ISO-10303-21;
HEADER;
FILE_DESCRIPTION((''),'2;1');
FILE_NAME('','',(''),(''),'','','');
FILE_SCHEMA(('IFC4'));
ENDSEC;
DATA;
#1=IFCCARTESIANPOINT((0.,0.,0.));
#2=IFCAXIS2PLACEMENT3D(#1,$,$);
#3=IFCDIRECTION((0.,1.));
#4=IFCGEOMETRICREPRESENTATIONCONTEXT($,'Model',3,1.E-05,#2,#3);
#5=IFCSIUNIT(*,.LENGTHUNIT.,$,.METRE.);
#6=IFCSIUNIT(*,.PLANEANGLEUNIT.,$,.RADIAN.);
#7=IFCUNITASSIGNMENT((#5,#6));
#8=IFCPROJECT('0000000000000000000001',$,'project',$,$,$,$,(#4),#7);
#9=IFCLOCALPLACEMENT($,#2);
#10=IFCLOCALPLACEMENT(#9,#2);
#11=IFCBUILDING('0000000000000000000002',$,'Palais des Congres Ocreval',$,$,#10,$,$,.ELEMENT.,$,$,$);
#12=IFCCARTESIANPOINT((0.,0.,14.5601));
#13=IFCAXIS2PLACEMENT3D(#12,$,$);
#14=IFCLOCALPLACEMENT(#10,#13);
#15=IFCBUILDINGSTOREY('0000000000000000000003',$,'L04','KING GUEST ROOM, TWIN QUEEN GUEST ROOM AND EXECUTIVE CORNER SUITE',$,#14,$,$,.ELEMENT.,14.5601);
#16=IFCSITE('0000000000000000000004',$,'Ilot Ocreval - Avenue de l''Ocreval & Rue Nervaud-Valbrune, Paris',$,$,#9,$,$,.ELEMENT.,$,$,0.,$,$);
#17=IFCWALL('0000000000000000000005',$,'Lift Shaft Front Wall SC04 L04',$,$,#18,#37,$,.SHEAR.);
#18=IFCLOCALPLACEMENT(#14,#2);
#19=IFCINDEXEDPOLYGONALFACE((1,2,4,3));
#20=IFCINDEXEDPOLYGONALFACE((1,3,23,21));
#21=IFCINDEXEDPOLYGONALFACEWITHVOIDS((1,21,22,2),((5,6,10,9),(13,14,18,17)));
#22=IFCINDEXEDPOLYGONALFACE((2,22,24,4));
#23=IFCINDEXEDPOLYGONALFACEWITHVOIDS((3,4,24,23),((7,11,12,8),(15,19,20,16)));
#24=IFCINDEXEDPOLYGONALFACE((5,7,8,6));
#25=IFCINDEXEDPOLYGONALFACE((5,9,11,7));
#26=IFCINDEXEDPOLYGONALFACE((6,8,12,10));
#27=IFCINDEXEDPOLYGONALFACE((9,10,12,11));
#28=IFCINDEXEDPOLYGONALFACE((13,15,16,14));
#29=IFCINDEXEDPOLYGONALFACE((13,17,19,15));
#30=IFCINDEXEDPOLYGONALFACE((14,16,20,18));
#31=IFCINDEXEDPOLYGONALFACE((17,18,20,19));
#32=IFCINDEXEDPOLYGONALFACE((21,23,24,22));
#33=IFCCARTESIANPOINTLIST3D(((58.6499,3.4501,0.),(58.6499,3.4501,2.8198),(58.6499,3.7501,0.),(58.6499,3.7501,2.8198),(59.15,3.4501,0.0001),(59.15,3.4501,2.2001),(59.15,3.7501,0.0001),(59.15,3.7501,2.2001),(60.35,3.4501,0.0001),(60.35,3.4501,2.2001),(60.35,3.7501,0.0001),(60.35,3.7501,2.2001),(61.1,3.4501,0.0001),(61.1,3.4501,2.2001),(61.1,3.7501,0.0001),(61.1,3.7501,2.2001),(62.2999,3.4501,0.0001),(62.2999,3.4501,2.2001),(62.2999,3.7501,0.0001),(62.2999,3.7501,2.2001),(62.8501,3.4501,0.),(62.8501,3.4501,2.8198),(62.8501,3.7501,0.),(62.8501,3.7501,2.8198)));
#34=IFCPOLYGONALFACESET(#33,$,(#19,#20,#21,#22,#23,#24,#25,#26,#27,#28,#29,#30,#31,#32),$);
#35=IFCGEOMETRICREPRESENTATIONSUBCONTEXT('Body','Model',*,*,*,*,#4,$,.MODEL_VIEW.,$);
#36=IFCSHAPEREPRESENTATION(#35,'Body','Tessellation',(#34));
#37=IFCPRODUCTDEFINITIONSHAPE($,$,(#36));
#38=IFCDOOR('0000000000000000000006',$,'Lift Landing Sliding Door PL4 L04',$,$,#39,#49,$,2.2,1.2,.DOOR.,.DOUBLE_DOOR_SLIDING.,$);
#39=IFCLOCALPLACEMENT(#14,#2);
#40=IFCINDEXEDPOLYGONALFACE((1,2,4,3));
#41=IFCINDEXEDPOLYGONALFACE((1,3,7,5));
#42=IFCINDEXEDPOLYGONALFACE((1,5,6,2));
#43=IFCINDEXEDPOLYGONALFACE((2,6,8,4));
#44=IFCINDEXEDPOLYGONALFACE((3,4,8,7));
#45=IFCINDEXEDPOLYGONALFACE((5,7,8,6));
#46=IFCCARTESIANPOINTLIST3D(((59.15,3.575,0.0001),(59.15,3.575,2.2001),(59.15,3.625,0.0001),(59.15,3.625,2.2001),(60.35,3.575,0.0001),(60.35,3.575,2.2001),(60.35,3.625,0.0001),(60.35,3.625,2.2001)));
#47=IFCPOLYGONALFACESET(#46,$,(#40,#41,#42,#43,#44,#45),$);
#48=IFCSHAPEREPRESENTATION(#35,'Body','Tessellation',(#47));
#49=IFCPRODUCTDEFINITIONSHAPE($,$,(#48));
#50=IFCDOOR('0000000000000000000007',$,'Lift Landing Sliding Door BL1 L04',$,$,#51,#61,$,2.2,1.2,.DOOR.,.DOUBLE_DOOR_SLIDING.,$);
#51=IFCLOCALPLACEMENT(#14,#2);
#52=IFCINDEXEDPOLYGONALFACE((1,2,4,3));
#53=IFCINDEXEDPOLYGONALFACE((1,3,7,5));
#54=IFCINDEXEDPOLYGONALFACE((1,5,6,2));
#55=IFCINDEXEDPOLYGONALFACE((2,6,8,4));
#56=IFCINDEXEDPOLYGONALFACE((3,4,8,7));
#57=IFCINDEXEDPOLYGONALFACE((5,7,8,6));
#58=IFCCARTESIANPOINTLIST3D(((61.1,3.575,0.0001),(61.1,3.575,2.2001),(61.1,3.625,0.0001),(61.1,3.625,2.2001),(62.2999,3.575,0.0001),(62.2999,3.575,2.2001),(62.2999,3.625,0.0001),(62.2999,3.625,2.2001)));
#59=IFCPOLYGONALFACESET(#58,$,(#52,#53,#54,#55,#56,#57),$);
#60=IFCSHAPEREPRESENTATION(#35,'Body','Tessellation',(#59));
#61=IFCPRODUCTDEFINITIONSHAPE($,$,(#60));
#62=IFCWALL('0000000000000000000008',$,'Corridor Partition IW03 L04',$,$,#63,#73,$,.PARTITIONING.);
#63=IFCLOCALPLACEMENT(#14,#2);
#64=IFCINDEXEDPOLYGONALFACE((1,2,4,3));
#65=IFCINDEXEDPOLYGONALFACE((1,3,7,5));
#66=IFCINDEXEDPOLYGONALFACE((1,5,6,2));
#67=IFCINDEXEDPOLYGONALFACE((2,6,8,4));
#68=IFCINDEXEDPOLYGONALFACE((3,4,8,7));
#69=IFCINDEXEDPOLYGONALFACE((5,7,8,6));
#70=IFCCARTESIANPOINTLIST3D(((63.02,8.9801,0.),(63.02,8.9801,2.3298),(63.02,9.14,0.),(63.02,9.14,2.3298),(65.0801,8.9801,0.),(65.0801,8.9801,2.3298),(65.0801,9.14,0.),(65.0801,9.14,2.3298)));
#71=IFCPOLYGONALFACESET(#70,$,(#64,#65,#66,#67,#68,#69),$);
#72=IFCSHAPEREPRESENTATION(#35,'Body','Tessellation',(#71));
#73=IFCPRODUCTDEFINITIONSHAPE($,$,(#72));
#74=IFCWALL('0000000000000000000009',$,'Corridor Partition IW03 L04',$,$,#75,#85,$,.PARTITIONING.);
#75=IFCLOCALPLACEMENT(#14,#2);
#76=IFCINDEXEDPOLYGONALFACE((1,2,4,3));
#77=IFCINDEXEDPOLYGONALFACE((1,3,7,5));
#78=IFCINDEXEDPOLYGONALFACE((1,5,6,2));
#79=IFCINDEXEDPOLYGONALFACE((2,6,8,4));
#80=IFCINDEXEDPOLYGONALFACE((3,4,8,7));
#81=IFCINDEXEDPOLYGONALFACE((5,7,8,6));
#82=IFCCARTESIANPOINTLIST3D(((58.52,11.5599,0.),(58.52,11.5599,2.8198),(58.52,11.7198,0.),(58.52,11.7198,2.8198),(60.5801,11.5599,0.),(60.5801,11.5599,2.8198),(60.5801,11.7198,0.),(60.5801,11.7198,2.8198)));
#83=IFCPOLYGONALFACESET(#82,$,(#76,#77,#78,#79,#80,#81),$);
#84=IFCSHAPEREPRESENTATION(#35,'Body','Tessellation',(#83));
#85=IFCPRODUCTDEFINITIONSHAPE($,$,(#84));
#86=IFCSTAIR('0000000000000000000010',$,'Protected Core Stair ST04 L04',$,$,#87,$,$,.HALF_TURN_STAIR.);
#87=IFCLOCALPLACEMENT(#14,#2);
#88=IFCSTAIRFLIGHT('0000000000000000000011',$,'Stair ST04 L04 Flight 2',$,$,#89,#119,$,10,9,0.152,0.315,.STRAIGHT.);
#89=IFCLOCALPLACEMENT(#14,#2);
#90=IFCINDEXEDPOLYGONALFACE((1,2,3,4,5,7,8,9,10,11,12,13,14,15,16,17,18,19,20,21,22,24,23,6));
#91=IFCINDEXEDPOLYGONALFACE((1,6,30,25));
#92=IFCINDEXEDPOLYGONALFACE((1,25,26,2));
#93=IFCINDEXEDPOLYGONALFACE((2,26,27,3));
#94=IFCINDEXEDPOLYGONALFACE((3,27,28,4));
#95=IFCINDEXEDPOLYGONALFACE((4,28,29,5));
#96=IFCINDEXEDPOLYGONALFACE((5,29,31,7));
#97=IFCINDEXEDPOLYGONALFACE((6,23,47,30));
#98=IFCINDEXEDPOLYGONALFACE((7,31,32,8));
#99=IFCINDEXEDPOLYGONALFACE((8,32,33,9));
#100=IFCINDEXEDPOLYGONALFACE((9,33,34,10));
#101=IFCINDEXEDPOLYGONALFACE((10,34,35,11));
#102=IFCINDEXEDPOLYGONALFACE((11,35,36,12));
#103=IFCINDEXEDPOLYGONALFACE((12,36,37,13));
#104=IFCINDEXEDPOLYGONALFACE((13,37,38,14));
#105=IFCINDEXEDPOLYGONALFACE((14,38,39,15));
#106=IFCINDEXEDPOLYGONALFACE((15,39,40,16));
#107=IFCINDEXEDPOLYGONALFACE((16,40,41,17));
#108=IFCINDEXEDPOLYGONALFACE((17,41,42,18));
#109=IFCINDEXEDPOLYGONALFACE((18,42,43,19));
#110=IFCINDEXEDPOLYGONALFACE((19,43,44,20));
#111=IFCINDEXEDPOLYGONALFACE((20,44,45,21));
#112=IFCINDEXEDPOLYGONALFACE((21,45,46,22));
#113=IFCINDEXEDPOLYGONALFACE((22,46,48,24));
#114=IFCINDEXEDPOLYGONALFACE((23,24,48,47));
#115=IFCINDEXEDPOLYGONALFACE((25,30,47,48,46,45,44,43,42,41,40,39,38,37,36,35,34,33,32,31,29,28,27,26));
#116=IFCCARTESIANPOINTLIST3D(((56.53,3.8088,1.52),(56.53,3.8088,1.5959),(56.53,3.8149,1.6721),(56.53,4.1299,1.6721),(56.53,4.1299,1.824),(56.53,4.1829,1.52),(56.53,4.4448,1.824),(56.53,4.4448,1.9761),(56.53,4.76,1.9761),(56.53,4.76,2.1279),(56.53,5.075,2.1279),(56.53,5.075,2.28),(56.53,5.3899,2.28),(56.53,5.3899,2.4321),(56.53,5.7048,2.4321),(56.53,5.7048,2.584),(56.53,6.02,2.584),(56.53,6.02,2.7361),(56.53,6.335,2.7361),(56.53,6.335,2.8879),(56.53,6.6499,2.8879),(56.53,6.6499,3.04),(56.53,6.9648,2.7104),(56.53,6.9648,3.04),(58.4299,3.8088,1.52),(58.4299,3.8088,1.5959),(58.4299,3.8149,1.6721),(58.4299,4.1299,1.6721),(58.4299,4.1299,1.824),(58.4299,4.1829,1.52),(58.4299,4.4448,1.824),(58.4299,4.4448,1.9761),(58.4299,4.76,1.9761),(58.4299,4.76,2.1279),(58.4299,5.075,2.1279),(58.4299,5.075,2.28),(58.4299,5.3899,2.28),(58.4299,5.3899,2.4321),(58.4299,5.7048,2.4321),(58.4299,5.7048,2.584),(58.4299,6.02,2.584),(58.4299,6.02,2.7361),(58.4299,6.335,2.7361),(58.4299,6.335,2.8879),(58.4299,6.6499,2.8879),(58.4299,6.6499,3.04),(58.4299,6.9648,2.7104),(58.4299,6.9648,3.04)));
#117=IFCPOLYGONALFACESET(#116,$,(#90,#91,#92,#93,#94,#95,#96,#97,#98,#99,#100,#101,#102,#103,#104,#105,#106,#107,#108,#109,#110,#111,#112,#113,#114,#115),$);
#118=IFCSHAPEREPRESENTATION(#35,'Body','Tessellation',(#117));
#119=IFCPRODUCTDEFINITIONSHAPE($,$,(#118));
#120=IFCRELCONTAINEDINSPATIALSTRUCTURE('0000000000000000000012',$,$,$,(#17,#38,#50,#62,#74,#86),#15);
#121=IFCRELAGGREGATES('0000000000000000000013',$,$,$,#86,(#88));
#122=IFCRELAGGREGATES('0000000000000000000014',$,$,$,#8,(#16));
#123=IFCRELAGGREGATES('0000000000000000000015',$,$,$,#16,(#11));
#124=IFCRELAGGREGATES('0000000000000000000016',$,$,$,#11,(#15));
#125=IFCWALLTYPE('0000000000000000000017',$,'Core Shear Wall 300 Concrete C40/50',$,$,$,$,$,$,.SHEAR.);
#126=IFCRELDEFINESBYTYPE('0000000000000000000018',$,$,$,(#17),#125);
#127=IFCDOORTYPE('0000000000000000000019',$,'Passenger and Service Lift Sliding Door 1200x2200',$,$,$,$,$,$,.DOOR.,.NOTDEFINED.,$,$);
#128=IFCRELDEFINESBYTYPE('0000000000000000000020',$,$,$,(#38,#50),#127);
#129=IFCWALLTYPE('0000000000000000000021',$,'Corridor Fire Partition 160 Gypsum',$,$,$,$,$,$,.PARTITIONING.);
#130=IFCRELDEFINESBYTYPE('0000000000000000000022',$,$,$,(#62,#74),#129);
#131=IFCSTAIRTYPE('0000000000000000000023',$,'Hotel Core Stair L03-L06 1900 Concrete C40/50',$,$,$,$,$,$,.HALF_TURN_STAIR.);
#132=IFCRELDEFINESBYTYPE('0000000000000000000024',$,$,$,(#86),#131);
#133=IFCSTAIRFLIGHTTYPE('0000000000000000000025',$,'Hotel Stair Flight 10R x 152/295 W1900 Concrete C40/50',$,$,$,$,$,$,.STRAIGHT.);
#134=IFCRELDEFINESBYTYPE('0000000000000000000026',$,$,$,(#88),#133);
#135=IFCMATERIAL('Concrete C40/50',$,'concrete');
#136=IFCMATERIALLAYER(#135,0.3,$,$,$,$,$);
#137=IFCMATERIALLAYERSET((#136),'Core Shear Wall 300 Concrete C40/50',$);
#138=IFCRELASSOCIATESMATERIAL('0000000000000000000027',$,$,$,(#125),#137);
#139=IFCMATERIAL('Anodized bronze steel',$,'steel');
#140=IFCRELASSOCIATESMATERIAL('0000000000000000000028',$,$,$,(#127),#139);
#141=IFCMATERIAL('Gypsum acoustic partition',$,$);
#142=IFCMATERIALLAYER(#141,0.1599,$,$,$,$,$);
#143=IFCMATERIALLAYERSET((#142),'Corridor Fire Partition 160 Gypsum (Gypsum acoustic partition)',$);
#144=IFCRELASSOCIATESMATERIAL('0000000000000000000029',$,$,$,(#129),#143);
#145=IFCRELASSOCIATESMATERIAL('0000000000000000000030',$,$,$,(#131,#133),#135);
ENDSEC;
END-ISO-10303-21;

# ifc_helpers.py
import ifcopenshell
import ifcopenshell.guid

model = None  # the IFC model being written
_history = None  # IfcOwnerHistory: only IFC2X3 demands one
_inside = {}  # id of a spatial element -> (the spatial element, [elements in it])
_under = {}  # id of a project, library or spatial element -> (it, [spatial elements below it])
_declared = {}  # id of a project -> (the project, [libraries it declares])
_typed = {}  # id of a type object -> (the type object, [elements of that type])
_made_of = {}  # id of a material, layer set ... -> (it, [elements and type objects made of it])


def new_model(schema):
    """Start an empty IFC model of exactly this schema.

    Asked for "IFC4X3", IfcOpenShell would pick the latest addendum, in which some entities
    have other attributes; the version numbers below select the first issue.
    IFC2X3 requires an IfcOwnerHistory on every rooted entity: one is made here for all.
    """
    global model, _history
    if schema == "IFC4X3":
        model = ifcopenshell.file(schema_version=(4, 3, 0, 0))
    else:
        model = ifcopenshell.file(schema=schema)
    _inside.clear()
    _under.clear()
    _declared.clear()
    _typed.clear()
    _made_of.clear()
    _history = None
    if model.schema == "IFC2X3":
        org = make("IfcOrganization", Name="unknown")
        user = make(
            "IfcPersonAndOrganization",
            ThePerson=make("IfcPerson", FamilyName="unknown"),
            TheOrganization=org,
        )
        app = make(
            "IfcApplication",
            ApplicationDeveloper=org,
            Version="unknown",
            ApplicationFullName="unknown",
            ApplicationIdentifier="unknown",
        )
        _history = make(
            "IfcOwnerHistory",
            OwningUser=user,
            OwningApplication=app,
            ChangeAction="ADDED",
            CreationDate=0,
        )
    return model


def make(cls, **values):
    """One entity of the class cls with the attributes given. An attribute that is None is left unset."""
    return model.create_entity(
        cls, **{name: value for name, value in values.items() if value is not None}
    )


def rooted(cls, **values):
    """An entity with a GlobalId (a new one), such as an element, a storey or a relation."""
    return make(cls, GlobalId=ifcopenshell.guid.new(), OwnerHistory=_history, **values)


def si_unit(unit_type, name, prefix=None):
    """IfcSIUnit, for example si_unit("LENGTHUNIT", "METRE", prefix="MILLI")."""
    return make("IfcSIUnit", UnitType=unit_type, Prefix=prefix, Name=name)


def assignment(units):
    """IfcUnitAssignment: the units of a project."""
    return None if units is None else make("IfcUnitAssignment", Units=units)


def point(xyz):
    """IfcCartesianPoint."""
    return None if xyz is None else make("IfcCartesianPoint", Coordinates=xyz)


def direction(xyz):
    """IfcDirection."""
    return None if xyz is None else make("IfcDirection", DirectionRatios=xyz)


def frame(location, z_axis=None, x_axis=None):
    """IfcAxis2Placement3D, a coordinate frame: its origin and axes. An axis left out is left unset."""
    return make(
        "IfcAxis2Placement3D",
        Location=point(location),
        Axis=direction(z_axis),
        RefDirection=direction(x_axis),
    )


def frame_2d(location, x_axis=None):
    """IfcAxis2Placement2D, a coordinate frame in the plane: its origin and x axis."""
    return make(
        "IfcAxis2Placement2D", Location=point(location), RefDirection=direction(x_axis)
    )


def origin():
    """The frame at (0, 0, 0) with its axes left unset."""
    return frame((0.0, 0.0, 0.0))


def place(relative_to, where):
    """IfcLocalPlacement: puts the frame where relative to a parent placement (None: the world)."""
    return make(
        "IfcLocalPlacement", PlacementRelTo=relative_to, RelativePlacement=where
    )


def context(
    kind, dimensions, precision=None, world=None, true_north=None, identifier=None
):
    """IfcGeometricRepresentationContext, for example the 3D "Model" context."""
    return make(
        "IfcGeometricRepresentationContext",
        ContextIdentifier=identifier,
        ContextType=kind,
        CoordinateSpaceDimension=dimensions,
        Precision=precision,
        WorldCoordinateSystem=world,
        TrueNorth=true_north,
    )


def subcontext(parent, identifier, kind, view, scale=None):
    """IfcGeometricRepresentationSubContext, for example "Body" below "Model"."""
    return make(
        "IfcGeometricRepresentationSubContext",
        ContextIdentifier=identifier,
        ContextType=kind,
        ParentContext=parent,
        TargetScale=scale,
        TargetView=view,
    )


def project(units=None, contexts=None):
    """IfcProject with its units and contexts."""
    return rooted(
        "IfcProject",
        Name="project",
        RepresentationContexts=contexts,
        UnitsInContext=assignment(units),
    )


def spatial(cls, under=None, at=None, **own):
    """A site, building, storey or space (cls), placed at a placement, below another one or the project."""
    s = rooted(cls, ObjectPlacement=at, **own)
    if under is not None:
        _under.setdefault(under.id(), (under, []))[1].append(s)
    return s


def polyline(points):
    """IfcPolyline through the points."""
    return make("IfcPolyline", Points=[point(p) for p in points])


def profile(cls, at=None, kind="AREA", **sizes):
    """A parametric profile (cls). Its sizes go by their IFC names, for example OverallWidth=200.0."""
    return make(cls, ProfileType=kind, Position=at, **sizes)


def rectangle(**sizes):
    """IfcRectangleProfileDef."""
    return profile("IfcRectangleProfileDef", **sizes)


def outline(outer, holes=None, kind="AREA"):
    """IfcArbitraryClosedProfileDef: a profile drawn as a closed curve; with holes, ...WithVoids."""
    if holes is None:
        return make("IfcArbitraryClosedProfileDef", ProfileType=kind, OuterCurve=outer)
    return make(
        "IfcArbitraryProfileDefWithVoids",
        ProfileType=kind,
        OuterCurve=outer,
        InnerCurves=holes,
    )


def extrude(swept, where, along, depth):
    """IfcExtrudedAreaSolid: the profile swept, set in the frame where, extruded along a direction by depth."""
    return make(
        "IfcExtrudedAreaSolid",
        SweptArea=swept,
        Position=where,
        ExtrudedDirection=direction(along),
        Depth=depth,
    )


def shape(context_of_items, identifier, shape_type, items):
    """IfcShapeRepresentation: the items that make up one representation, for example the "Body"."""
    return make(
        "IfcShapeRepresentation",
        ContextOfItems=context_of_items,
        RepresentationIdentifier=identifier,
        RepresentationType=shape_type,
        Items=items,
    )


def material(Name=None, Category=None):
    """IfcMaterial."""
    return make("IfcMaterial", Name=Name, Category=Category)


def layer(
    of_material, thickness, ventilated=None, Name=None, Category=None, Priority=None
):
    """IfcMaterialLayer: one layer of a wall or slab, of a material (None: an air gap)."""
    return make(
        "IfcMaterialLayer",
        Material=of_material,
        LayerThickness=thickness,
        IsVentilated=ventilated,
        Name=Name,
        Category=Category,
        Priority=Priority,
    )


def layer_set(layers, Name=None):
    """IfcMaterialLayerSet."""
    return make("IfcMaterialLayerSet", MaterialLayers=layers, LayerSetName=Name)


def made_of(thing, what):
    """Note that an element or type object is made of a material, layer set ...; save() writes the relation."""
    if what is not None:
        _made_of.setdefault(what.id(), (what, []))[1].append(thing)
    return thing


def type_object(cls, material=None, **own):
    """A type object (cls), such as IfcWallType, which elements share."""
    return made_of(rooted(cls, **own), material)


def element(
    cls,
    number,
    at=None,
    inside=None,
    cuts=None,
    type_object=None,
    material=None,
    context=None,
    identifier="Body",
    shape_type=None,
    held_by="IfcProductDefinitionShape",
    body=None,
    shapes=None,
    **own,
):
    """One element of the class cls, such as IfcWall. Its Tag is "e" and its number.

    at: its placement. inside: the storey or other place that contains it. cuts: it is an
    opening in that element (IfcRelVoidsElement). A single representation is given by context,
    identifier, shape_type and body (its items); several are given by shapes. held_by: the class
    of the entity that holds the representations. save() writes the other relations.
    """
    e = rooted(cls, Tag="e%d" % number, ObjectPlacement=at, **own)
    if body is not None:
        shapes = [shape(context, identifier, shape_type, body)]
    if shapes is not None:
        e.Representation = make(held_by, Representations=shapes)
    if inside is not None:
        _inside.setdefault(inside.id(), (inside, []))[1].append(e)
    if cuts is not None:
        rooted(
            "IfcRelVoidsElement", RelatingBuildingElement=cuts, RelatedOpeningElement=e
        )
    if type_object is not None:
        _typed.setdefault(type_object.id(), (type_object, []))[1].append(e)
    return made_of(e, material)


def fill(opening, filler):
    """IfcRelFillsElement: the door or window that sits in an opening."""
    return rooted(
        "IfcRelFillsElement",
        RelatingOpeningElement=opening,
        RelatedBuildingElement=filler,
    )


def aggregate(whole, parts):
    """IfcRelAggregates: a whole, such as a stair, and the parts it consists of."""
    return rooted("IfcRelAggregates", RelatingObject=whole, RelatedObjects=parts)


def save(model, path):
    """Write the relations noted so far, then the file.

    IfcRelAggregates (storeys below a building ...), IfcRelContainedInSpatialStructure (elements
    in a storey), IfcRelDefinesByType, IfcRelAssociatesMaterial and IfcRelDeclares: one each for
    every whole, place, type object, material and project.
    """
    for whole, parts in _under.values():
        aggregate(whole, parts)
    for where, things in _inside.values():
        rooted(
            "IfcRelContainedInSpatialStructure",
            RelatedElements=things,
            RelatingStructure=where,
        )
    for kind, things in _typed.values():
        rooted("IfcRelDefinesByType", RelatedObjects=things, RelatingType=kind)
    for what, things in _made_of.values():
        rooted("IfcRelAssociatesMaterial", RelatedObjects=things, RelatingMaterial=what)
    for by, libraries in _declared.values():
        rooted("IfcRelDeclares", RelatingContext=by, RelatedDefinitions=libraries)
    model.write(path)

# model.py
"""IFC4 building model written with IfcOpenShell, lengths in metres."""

from ifc_helpers import new_model, si_unit, direction, frame, frame_2d, origin, place, context, subcontext, project, spatial, polyline, rectangle, outline, extrude, material, layer, layer_set, type_object, element, fill, aggregate, save


model = new_model("IFC4")

# Units and contexts
model_context = context("Model", 3, precision=1e-05, world=origin(), true_north=direction((0.0, 1.0)))
body_context = subcontext(model_context, "Body", "Model", "MODEL_VIEW")
ifc_project = project(units=[si_unit("LENGTHUNIT", "METRE"), si_unit("PLANEANGLEUNIT", "RADIAN")], contexts=[model_context])

# Site, building, storey
site_placement = place(None, origin())
site = spatial("IfcSite", under=ifc_project, at=site_placement, Name="Ilot Ocreval - Avenue de l'Ocreval & Rue Nervaud-Valbrune, Paris", CompositionType="ELEMENT", RefElevation=0.0)
building_placement = place(site_placement, origin())
building = spatial("IfcBuilding", under=site, at=building_placement, Name="Palais des Congres Ocreval", CompositionType="ELEMENT")
storey_placement = place(building_placement, frame((0.0, 0.0, 14.5601)))
storey = spatial("IfcBuildingStorey", under=building, at=storey_placement, Name="L04", Description="KING GUEST ROOM, TWIN QUEEN GUEST ROOM AND EXECUTIVE CORNER SUITE", CompositionType="ELEMENT", Elevation=14.5601)

# Shared definitions
ifc_material_1 = material(Name="Concrete C40/50", Category="concrete")

# Wall, openings, doors
ifc_layer_1 = layer(ifc_material_1, 0.3)
ifc_layer_set_1 = layer_set([ifc_layer_1], Name="Core Shear Wall 300 Concrete C40/50")
wall_type_1 = type_object("IfcWallType", Name="Core Shear Wall 300 Concrete C40/50", PredefinedType="SHEAR", material=ifc_layer_set_1)
wall_1_placement = place(storey_placement, frame((58.6499, 3.6001, 0.0), z_axis=(0.0, 0.0, 1.0), x_axis=(1.0, 0.0, 0.0)))
wall_1 = element("IfcWall", 1, at=wall_1_placement, inside=storey, type_object=wall_type_1, Name="Lift Shaft Front Wall SC04 L04", PredefinedType="SHEAR", context=body_context, shape_type="SweptSolid", body=[
    extrude(rectangle(XDim=4.2002, YDim=0.3, at=frame_2d((2.1001, 0.0))), origin(), (0.0, 0.0, 1.0), 2.8198),
])
opening_1_placement = place(wall_1_placement, frame((0.5, 0.0, 0.0)))
opening_1 = element("IfcOpeningElement", 2, at=opening_1_placement, cuts=wall_1, PredefinedType="OPENING", context=body_context, shape_type="SweptSolid", body=[
    extrude(rectangle(XDim=1.2, YDim=2.2, at=frame_2d((0.6001, 1.1001))), frame((0.0, 0.1599, 0.0), z_axis=(0.0, -1.0, 0.0), x_axis=(1.0, 0.0, 0.0)), (0.0, 0.0, 1.0), 0.3201),
])
opening_2_placement = place(wall_1_placement, frame((2.45, 0.0, 0.0)))
opening_2 = element("IfcOpeningElement", 3, at=opening_2_placement, cuts=wall_1, PredefinedType="OPENING", context=body_context, shape_type="SweptSolid", body=[
    extrude(rectangle(XDim=1.2, YDim=2.2, at=frame_2d((0.6001, 1.1001))), frame((0.0, 0.1599, 0.0), z_axis=(0.0, -1.0, 0.0), x_axis=(1.0, 0.0, 0.0)), (0.0, 0.0, 1.0), 0.3201),
])
ifc_material_2 = material(Name="Anodized bronze steel", Category="steel")
door_type_1 = type_object("IfcDoorType", Name="Passenger and Service Lift Sliding Door 1200x2200", OperationType="NOTDEFINED", PredefinedType="DOOR", material=ifc_material_2)
door_1_placement = place(opening_1_placement, origin())
door_1 = element("IfcDoor", 4, at=door_1_placement, inside=storey, type_object=door_type_1, Name="Lift Landing Sliding Door PL4 L04", OperationType="DOUBLE_DOOR_SLIDING", OverallHeight=2.2, OverallWidth=1.2, PredefinedType="DOOR", context=body_context, shape_type="SweptSolid", body=[
    extrude(rectangle(XDim=1.2, YDim=2.2, at=frame_2d((0.6001, 1.1001))), frame((0.0, 0.0249, 0.0), z_axis=(0.0, -1.0, 0.0), x_axis=(1.0, 0.0, 0.0)), (0.0, 0.0, 1.0), 0.05),
])
fill(opening_1, door_1)
door_2_placement = place(opening_2_placement, origin())
door_2 = element("IfcDoor", 5, at=door_2_placement, inside=storey, type_object=door_type_1, Name="Lift Landing Sliding Door BL1 L04", OperationType="DOUBLE_DOOR_SLIDING", OverallHeight=2.2, OverallWidth=1.2, PredefinedType="DOOR", context=body_context, shape_type="SweptSolid", body=[
    extrude(rectangle(XDim=1.2, YDim=2.2, at=frame_2d((0.6001, 1.1001))), frame((0.0, 0.0249, 0.0), z_axis=(0.0, -1.0, 0.0), x_axis=(1.0, 0.0, 0.0)), (0.0, 0.0, 1.0), 0.05),
])
fill(opening_2, door_2)

# Walls
ifc_material_3 = material(Name="Gypsum acoustic partition")
ifc_layer_2 = layer(ifc_material_3, 0.1599)
ifc_layer_set_2 = layer_set([ifc_layer_2], Name="Corridor Fire Partition 160 Gypsum (Gypsum acoustic partition)")
wall_type_2 = type_object("IfcWallType", Name="Corridor Fire Partition 160 Gypsum", PredefinedType="PARTITIONING", material=ifc_layer_set_2)
wall_2_placement = place(storey_placement, frame((63.02, 9.0601, 0.0), z_axis=(0.0, 0.0, 1.0), x_axis=(1.0, 0.0, 0.0)))
element("IfcWall", 6, at=wall_2_placement, inside=storey, type_object=wall_type_2, Name="Corridor Partition IW03 L04", PredefinedType="PARTITIONING", context=body_context, shape_type="SweptSolid", body=[
    extrude(rectangle(XDim=2.0601, YDim=0.1599, at=frame_2d((1.03, 0.0))), origin(), (0.0, 0.0, 1.0), 2.3298),
])
wall_3_placement = place(storey_placement, frame((58.52, 11.6399, 0.0), z_axis=(0.0, 0.0, 1.0), x_axis=(1.0, 0.0, 0.0)))
element("IfcWall", 7, at=wall_3_placement, inside=storey, type_object=wall_type_2, Name="Corridor Partition IW03 L04", PredefinedType="PARTITIONING", context=body_context, shape_type="SweptSolid", body=[
    extrude(rectangle(XDim=2.0601, YDim=0.1599, at=frame_2d((1.03, 0.0))), origin(), (0.0, 0.0, 1.0), 2.8198),
])

# Stair, stair flight
stair_type = type_object("IfcStairType", Name="Hotel Core Stair L03-L06 1900 Concrete C40/50", PredefinedType="HALF_TURN_STAIR", material=ifc_material_1)
stair_placement = place(storey_placement, origin())
stair = element("IfcStair", 8, at=stair_placement, inside=storey, type_object=stair_type, Name="Protected Core Stair ST04 L04", PredefinedType="HALF_TURN_STAIR")
stair_flight_type = type_object("IfcStairFlightType", Name="Hotel Stair Flight 10R x 152/295 W1900 Concrete C40/50", PredefinedType="STRAIGHT", material=ifc_material_1)
stair_flight_placement = place(storey_placement, frame((57.48, 3.8149, 1.52), z_axis=(0.0, 0.0, 1.0), x_axis=(0.0, 1.0, 0.0)))
stair_flight = element("IfcStairFlight", 9, at=stair_flight_placement, type_object=stair_flight_type, Name="Stair ST04 L04 Flight 2", NumberOfRisers=10, NumberOfTreads=9, PredefinedType="STRAIGHT", RiserHeight=0.152, TreadLength=0.315, context=body_context, shape_type="SweptSolid", body=[
    extrude(outline(polyline([(-0.0061, 0.0), (-0.0061, 0.0759), (0.0, 0.1521), (0.3149, 0.1521), (0.3149, 0.304), (0.6299, 0.304), (0.6299, 0.4561), (0.9451, 0.4561), (0.9451, 0.6079), (1.26, 0.6079), (1.26, 0.76), (1.575, 0.76), (1.575, 0.9121), (1.8899, 0.9121), (1.8899, 1.064), (2.2051, 1.064), (2.2051, 1.2161), (2.52, 1.2161), (2.52, 1.3679), (2.835, 1.3679), (2.835, 1.52), (3.1499, 1.52), (3.1499, 1.1904), (0.3679, 0.0), (-0.0061, 0.0)])), frame((0.0, 0.95, 0.0), z_axis=(0.0, -1.0, 0.0), x_axis=(1.0, 0.0, 0.0)), (0.0, 0.0, 1.0), 1.8999),
])
aggregate(stair, [stair_flight])

save(model, "model.ifc")
